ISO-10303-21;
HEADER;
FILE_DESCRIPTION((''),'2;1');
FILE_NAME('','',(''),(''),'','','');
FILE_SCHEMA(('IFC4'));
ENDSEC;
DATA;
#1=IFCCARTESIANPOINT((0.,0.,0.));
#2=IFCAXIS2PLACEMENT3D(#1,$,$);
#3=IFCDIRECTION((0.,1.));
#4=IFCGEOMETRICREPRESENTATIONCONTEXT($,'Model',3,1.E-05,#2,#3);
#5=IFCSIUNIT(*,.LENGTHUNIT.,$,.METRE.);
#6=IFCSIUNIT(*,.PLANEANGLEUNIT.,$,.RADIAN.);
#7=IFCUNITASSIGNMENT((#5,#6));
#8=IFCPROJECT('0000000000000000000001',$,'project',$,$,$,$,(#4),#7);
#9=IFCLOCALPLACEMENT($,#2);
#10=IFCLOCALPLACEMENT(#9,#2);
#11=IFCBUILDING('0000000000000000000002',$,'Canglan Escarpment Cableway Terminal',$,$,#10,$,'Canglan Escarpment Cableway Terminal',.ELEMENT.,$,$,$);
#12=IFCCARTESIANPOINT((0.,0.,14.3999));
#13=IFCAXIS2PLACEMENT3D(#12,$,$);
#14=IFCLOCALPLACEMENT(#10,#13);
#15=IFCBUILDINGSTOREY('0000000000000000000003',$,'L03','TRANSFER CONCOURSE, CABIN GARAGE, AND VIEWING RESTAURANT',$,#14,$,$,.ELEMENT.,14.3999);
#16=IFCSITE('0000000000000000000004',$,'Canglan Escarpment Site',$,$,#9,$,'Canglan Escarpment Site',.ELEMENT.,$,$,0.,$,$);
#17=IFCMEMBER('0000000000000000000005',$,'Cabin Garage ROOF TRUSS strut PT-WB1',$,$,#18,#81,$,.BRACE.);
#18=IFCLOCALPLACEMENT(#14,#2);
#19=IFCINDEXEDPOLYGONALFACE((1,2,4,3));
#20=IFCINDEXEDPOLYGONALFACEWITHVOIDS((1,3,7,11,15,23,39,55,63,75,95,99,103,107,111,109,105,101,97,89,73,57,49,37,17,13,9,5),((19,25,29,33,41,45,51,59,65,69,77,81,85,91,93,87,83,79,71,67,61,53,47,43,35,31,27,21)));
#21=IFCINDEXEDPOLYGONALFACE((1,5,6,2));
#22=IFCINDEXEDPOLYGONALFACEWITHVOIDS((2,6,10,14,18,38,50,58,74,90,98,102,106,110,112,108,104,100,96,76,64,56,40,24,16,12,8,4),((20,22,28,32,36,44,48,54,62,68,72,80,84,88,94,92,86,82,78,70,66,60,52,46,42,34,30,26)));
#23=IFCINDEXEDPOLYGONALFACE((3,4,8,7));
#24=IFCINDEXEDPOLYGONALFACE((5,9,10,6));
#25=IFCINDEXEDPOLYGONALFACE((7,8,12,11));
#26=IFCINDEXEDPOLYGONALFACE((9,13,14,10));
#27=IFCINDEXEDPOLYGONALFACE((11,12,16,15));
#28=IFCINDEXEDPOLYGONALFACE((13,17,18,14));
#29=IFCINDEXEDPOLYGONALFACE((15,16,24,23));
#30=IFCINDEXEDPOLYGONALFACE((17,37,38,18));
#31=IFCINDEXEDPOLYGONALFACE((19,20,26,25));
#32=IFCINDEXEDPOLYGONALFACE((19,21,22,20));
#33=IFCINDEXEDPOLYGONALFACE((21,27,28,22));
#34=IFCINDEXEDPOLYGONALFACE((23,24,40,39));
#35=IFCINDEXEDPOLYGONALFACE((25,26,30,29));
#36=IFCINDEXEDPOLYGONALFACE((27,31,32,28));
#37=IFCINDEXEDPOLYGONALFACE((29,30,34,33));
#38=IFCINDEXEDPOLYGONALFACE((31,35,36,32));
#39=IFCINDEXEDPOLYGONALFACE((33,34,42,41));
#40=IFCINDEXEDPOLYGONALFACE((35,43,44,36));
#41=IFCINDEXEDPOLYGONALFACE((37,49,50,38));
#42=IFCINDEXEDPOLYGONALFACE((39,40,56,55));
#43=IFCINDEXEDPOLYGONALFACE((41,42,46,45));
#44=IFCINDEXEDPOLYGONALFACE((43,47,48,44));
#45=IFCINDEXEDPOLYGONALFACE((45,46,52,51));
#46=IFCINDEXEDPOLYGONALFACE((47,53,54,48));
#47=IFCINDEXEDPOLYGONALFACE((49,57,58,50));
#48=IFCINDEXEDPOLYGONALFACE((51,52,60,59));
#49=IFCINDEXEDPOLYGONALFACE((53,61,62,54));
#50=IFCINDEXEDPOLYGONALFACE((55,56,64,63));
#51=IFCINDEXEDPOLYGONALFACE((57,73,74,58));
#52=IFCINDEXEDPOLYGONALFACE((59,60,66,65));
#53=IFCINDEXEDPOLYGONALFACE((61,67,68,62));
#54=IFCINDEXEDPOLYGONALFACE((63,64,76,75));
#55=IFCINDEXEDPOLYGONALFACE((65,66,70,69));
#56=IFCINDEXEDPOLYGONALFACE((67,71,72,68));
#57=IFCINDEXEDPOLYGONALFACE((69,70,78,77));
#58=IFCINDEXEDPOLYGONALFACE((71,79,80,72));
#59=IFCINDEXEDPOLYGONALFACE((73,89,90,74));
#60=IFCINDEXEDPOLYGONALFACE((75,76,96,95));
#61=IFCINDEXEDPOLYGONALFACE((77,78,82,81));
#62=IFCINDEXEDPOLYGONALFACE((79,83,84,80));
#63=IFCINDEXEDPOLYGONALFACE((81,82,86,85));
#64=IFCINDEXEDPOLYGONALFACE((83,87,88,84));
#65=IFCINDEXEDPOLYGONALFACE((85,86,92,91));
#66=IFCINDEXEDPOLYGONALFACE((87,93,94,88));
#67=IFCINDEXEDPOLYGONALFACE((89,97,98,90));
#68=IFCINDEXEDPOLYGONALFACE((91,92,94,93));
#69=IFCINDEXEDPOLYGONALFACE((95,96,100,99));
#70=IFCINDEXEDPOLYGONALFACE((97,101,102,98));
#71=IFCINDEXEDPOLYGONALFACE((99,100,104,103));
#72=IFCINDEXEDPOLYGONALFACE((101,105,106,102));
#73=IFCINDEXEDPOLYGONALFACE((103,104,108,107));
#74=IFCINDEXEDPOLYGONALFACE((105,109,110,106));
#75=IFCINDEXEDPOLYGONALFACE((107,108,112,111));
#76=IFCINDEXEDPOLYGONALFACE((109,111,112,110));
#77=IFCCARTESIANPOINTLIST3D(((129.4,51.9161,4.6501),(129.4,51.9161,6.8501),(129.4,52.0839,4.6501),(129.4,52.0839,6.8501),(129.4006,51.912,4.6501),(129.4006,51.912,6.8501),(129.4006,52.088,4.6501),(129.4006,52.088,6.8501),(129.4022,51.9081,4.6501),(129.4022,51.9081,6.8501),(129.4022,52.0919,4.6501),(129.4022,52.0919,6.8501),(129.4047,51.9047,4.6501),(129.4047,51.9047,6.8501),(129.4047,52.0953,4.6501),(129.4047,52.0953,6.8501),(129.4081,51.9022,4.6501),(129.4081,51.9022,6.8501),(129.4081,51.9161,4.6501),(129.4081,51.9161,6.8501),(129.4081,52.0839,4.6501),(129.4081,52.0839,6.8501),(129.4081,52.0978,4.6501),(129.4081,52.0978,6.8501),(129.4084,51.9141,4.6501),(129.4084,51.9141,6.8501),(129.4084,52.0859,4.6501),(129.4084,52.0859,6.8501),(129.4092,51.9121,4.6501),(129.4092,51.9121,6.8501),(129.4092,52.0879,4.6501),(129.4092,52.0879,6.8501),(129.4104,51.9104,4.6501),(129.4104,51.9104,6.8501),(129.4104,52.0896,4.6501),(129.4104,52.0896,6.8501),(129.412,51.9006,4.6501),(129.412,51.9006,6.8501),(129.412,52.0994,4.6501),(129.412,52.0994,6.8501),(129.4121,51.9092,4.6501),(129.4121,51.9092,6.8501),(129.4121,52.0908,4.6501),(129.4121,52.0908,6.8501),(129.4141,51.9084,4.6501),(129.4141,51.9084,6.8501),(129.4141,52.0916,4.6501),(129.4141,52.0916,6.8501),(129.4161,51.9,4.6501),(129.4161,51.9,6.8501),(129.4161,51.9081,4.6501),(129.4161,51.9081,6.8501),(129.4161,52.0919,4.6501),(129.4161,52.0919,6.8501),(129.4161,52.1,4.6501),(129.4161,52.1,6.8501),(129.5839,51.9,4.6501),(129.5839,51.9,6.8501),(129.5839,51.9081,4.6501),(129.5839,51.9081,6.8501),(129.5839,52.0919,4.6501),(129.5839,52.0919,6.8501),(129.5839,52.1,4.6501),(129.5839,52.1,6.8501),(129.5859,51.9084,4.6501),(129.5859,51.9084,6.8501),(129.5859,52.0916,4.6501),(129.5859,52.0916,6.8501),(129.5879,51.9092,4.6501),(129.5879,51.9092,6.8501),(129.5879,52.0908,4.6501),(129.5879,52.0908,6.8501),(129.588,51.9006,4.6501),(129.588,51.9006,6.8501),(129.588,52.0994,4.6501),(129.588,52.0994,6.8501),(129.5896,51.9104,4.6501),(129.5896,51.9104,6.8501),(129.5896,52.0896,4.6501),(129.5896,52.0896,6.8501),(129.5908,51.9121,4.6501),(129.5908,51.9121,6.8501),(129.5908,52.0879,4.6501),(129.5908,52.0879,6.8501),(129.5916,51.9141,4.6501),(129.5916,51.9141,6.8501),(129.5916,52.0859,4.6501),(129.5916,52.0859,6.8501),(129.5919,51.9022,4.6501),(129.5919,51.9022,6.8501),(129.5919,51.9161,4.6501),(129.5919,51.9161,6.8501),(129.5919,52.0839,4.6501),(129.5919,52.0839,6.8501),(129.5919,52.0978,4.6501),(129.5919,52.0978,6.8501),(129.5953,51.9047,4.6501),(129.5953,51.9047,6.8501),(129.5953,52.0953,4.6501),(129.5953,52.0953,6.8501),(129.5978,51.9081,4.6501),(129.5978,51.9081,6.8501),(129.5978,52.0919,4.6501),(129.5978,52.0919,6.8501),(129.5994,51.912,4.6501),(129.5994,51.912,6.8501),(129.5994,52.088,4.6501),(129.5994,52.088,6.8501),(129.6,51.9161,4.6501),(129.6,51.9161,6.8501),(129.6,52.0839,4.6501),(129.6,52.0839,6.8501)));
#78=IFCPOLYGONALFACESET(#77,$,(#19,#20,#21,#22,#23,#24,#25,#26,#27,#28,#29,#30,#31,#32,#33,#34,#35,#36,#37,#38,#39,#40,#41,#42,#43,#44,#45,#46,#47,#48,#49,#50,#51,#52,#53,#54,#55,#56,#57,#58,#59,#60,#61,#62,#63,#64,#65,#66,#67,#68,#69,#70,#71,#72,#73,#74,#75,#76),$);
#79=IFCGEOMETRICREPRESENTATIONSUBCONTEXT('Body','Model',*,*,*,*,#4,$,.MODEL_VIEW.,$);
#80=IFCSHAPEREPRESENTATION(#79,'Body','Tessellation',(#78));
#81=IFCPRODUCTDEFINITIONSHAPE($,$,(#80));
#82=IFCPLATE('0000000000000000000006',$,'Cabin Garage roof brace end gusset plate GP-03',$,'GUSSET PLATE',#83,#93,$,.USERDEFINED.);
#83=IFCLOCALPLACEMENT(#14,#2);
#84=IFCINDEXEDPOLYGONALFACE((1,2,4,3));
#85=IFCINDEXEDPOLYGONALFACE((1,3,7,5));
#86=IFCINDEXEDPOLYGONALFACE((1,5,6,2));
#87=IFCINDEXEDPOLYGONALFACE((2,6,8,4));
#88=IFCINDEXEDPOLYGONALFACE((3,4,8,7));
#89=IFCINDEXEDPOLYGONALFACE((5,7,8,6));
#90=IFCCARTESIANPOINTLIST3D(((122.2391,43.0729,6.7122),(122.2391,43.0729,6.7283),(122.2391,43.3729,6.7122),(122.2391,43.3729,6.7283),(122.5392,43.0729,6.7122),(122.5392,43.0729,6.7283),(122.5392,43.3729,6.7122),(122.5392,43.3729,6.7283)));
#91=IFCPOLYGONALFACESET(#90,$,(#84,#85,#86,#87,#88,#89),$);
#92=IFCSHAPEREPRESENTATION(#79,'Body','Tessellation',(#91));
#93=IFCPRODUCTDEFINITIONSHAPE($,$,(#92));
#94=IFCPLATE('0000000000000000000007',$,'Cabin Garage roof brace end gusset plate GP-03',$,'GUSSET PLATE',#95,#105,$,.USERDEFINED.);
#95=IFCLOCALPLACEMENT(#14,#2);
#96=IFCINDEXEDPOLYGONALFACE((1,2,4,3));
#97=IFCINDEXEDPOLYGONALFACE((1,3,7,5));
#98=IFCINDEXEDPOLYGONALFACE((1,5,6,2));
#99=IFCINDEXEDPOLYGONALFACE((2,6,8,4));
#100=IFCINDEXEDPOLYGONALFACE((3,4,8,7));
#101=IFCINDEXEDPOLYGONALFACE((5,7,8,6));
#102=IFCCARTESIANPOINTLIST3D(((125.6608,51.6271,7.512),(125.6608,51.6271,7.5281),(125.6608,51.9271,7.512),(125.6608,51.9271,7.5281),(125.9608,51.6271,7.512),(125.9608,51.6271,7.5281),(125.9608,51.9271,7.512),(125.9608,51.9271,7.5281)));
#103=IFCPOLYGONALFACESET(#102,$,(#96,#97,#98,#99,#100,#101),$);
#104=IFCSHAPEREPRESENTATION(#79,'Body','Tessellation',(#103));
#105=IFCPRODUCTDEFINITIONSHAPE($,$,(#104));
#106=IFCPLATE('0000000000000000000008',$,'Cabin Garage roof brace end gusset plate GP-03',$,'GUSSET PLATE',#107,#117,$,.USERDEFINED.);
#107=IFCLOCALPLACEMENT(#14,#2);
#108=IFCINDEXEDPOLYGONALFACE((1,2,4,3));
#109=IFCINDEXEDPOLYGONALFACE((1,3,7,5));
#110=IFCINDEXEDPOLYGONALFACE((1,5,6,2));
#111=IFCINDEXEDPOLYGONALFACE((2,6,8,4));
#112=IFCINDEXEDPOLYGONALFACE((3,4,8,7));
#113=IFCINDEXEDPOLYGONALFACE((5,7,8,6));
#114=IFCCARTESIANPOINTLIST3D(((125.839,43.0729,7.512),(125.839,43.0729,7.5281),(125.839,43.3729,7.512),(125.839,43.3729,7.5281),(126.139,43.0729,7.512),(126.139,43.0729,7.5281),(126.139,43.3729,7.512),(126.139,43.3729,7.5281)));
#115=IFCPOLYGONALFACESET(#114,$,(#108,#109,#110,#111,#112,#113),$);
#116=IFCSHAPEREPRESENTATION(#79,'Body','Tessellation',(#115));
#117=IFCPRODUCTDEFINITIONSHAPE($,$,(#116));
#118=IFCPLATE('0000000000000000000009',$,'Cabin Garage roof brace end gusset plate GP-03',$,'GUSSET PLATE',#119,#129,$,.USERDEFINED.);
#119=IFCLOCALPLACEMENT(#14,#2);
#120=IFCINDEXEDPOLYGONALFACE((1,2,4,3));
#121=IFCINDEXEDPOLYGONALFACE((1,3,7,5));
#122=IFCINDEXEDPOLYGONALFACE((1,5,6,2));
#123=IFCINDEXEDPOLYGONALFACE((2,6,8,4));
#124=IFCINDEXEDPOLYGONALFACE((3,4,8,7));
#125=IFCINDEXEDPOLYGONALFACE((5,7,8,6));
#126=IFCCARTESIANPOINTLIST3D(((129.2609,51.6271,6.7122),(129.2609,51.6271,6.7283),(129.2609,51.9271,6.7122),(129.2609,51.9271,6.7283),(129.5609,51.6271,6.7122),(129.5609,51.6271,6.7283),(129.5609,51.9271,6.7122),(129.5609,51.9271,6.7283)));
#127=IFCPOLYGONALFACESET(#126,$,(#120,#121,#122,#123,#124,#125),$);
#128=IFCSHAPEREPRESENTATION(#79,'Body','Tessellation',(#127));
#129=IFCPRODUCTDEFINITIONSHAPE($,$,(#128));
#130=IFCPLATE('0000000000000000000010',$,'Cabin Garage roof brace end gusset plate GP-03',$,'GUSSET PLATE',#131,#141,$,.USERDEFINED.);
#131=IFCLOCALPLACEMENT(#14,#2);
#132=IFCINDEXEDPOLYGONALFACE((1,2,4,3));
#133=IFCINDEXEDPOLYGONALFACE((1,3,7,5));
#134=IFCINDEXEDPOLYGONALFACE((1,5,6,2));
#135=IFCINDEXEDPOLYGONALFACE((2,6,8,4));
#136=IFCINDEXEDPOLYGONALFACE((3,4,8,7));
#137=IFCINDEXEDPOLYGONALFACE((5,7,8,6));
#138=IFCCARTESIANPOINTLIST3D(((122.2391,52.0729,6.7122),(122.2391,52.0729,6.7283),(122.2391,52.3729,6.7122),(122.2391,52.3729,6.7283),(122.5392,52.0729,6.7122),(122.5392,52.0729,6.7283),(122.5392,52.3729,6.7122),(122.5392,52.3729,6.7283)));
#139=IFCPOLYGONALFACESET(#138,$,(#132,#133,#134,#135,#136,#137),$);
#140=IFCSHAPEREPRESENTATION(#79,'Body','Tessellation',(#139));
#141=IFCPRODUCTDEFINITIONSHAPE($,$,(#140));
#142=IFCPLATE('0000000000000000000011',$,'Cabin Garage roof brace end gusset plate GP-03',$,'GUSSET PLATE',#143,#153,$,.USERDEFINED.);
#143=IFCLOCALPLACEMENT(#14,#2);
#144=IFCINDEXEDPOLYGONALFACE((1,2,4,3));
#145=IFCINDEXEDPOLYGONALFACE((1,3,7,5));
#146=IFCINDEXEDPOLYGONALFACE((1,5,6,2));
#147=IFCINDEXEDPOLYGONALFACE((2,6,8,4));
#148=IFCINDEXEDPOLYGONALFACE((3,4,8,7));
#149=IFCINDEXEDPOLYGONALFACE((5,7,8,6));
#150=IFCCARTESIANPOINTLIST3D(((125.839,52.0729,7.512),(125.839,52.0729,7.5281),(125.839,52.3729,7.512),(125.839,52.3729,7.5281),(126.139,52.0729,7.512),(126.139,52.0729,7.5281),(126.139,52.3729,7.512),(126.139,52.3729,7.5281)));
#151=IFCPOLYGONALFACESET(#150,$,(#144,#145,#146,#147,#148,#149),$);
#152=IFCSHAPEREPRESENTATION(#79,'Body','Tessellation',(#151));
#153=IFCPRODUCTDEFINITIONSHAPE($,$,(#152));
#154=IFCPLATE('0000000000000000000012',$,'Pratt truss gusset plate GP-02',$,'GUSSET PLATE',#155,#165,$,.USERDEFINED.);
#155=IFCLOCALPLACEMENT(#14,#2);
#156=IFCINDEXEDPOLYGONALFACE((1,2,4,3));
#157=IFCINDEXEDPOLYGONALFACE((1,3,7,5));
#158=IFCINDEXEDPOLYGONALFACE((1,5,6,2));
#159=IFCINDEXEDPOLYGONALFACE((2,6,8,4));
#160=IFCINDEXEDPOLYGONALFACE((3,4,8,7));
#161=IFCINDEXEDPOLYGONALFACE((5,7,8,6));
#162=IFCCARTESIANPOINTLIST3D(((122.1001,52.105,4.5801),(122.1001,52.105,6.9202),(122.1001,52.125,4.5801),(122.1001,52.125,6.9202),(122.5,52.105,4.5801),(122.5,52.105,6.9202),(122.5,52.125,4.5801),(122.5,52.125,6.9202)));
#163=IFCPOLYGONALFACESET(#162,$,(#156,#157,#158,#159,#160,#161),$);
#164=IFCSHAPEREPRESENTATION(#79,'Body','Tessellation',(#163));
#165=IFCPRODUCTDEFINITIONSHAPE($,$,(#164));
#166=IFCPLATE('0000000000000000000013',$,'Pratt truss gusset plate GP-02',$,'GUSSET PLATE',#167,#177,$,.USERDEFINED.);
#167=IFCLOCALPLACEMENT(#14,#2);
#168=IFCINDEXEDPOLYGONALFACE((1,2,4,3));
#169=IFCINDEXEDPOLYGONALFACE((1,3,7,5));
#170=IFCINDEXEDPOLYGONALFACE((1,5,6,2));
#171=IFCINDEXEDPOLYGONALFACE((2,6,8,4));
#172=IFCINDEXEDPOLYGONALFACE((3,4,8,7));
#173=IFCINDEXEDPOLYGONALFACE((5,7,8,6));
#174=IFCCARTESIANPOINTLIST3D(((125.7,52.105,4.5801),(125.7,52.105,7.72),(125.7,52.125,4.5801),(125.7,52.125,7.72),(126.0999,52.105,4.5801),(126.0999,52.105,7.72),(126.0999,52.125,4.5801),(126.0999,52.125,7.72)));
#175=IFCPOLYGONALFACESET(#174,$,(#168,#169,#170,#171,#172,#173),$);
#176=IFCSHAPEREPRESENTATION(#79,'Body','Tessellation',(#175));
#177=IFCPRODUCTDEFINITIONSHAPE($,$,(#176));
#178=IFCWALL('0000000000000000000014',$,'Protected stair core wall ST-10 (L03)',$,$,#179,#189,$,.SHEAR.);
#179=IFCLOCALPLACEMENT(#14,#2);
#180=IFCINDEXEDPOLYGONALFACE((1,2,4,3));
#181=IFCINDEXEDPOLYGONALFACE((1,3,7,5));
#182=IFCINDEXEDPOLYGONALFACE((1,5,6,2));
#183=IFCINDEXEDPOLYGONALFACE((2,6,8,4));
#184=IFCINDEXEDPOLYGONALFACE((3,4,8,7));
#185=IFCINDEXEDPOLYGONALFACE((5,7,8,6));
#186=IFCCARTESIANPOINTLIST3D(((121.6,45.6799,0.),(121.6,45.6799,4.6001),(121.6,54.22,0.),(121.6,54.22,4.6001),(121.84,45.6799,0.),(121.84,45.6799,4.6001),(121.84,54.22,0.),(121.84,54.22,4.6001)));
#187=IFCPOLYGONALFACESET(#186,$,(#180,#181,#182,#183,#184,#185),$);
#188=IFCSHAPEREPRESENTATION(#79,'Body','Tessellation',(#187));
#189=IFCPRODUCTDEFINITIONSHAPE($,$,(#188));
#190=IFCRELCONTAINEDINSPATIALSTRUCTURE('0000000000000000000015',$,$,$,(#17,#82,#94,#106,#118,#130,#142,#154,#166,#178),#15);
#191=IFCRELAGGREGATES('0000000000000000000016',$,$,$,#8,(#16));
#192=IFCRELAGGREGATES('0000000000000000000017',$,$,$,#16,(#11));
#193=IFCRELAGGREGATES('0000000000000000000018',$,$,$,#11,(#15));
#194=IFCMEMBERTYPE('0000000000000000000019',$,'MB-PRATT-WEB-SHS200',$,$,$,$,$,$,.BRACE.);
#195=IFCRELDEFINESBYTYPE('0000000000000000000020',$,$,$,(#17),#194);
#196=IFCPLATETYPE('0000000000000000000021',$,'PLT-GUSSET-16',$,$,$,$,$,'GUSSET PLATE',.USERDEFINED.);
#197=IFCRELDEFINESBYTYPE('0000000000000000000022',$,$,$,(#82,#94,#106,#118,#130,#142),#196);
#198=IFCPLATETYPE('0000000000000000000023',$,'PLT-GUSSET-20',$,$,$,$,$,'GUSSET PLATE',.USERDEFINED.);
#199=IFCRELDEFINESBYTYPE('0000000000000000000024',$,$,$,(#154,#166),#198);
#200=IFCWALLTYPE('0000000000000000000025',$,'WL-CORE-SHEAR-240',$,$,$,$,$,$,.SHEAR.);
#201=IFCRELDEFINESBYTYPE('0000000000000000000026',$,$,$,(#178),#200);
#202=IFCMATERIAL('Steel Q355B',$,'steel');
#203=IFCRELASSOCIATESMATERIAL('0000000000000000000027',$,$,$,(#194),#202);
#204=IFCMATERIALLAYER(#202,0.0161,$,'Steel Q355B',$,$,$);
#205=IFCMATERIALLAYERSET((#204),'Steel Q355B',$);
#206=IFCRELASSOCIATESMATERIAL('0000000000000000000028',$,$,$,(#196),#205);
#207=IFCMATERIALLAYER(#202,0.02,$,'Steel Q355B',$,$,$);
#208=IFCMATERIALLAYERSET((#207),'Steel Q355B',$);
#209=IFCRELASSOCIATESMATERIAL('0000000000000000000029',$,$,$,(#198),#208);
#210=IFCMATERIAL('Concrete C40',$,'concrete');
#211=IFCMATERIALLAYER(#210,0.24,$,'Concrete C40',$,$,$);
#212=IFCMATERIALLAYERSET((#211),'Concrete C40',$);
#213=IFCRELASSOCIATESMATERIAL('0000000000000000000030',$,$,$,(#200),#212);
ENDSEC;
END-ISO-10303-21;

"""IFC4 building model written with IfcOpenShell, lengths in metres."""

from ifc_helpers import new_model, si_unit, direction, frame, frame_2d, origin, origin_2d, place, context, subcontext, project, spatial, rectangle, hollow_rectangle, extrude, material, layer, layer_set, material_profile, profile_set, type_object, element, save


model = new_model("IFC4")

# Units and contexts
model_context = context("Model", 3, precision=1e-05, world=origin(), true_north=direction((0.0, 1.0)))
body_context = subcontext(model_context, "Body", "Model", "MODEL_VIEW")
ifc_project = project(units=[si_unit("LENGTHUNIT", "METRE"), si_unit("PLANEANGLEUNIT", "RADIAN")], contexts=[model_context])

# Site, building, storey
site_placement = place(None, origin())
site = spatial("IfcSite", under=ifc_project, at=site_placement, Name="Canglan Escarpment Site", LongName="Canglan Escarpment Site", CompositionType="ELEMENT", RefElevation=0.0)
building_placement = place(site_placement, origin())
building = spatial("IfcBuilding", under=site, at=building_placement, Name="Canglan Escarpment Cableway Terminal", LongName="Canglan Escarpment Cableway Terminal", CompositionType="ELEMENT")
storey_placement = place(building_placement, frame((0.0, 0.0, 14.3999)))
storey = spatial("IfcBuildingStorey", under=building, at=storey_placement, Name="L03", Description="TRANSFER CONCOURSE, CABIN GARAGE, AND VIEWING RESTAURANT", CompositionType="ELEMENT", Elevation=14.3999)

# Shared definitions
ifc_material_1 = material(Name="Steel Q355B", Category="steel")

# Member
ifc_material_profile_1 = material_profile(ifc_material_1, hollow_rectangle(XDim=0.2, YDim=0.2, WallThickness=0.0081, InnerFilletRadius=0.0081, OuterFilletRadius=0.0161, at=origin_2d()), Name="SHS 200x200x8")
ifc_profile_set_1 = profile_set([ifc_material_profile_1], Name="Steel Q355B")
member_type_1 = type_object("IfcMemberType", Name="MB-PRATT-WEB-SHS200", PredefinedType="BRACE", material=ifc_profile_set_1)
member_1_placement = place(storey_placement, frame((129.5, 52.0, 4.6501), z_axis=(0.0, 0.0, 1.0), x_axis=(1.0, 0.0, 0.0)))
element("IfcMember", 1, at=member_1_placement, inside=storey, type_object=member_type_1, Name="Cabin Garage ROOF TRUSS strut PT-WB1", PredefinedType="BRACE", context=body_context, shape_type="SweptSolid", body=[
    extrude(hollow_rectangle(XDim=0.2, YDim=0.2, WallThickness=0.0081, InnerFilletRadius=0.0081, OuterFilletRadius=0.0161, at=origin_2d()), origin(), (0.0, 0.0, 1.0), 2.2),
])

# Plates
ifc_layer_1 = layer(ifc_material_1, 0.0161, Name="Steel Q355B")
ifc_layer_set_1 = layer_set([ifc_layer_1], Name="Steel Q355B")
plate_type_1 = type_object("IfcPlateType", Name="PLT-GUSSET-16", ElementType="GUSSET PLATE", PredefinedType="USERDEFINED", material=ifc_layer_set_1)
for number, where, z_axis, x_axis, name in (
    (2, (122.3892, 43.2229, 6.7122), (0.0, 0.0, 1.0), (1.0, 0.0, 0.0), "Cabin Garage roof brace end gusset plate GP-03"),
    (3, (125.8108, 51.7771, 7.512), (0.0, 0.0, 1.0), (1.0, 0.0, 0.0), "Cabin Garage roof brace end gusset plate GP-03"),
    (4, (125.989, 43.2229, 7.512), (0.0, 0.0, 1.0), (1.0, 0.0, 0.0), "Cabin Garage roof brace end gusset plate GP-03"),
    (5, (129.4109, 51.7771, 6.7122), (0.0, 0.0, 1.0), (1.0, 0.0, 0.0), "Cabin Garage roof brace end gusset plate GP-03"),
    (6, (122.3892, 52.2229, 6.7122), (0.0, 0.0, 1.0), (1.0, 0.0, 0.0), "Cabin Garage roof brace end gusset plate GP-03"),
    (7, (125.989, 52.2229, 7.512), (0.0, 0.0, 1.0), (1.0, 0.0, 0.0), "Cabin Garage roof brace end gusset plate GP-03"),
):
    element("IfcPlate", number, at=place(storey_placement, frame(where, z_axis=z_axis, x_axis=x_axis)), inside=storey, type_object=plate_type_1, Name=name, ObjectType="GUSSET PLATE", PredefinedType="USERDEFINED", context=body_context, shape_type="SweptSolid", body=[
        extrude(rectangle(XDim=0.3, YDim=0.3, at=origin_2d()), origin(), (0.0, 0.0, 1.0), 0.0161),
    ])
ifc_layer_2 = layer(ifc_material_1, 0.02, Name="Steel Q355B")
ifc_layer_set_2 = layer_set([ifc_layer_2], Name="Steel Q355B")
plate_type_2 = type_object("IfcPlateType", Name="PLT-GUSSET-20", ElementType="GUSSET PLATE", PredefinedType="USERDEFINED", material=ifc_layer_set_2)
plate_1_placement = place(storey_placement, frame((122.3, 52.115, 4.5801), z_axis=(0.0, 0.0, 1.0), x_axis=(1.0, 0.0, 0.0)))
element("IfcPlate", 8, at=plate_1_placement, inside=storey, type_object=plate_type_2, Name="Pratt truss gusset plate GP-02", ObjectType="GUSSET PLATE", PredefinedType="USERDEFINED", context=body_context, shape_type="SweptSolid", body=[
    extrude(rectangle(XDim=0.3999, YDim=0.02, at=origin_2d()), origin(), (0.0, 0.0, 1.0), 2.3401),
])
plate_2_placement = place(storey_placement, frame((125.8999, 52.115, 4.5801), z_axis=(0.0, 0.0, 1.0), x_axis=(1.0, 0.0, 0.0)))
element("IfcPlate", 9, at=plate_2_placement, inside=storey, type_object=plate_type_2, Name="Pratt truss gusset plate GP-02", ObjectType="GUSSET PLATE", PredefinedType="USERDEFINED", context=body_context, shape_type="SweptSolid", body=[
    extrude(rectangle(XDim=0.3999, YDim=0.02, at=origin_2d()), origin(), (0.0, 0.0, 1.0), 3.1399),
])

# Wall
ifc_material_2 = material(Name="Concrete C40", Category="concrete")
ifc_layer_3 = layer(ifc_material_2, 0.24, Name="Concrete C40")
ifc_layer_set_3 = layer_set([ifc_layer_3], Name="Concrete C40")
wall_type = type_object("IfcWallType", Name="WL-CORE-SHEAR-240", PredefinedType="SHEAR", material=ifc_layer_set_3)
wall_placement = place(storey_placement, frame((121.72, 45.6799, 0.0), z_axis=(0.0, 0.0, 1.0), x_axis=(0.0, 1.0, 0.0)))
element("IfcWall", 10, at=wall_placement, inside=storey, type_object=wall_type, Name="Protected stair core wall ST-10 (L03)", PredefinedType="SHEAR", context=body_context, shape_type="SweptSolid", body=[
    extrude(rectangle(XDim=8.54, YDim=0.24, at=frame_2d((4.27, 0.0))), origin(), (0.0, 0.0, 1.0), 4.6001),
])

save(model, "model.ifc")
